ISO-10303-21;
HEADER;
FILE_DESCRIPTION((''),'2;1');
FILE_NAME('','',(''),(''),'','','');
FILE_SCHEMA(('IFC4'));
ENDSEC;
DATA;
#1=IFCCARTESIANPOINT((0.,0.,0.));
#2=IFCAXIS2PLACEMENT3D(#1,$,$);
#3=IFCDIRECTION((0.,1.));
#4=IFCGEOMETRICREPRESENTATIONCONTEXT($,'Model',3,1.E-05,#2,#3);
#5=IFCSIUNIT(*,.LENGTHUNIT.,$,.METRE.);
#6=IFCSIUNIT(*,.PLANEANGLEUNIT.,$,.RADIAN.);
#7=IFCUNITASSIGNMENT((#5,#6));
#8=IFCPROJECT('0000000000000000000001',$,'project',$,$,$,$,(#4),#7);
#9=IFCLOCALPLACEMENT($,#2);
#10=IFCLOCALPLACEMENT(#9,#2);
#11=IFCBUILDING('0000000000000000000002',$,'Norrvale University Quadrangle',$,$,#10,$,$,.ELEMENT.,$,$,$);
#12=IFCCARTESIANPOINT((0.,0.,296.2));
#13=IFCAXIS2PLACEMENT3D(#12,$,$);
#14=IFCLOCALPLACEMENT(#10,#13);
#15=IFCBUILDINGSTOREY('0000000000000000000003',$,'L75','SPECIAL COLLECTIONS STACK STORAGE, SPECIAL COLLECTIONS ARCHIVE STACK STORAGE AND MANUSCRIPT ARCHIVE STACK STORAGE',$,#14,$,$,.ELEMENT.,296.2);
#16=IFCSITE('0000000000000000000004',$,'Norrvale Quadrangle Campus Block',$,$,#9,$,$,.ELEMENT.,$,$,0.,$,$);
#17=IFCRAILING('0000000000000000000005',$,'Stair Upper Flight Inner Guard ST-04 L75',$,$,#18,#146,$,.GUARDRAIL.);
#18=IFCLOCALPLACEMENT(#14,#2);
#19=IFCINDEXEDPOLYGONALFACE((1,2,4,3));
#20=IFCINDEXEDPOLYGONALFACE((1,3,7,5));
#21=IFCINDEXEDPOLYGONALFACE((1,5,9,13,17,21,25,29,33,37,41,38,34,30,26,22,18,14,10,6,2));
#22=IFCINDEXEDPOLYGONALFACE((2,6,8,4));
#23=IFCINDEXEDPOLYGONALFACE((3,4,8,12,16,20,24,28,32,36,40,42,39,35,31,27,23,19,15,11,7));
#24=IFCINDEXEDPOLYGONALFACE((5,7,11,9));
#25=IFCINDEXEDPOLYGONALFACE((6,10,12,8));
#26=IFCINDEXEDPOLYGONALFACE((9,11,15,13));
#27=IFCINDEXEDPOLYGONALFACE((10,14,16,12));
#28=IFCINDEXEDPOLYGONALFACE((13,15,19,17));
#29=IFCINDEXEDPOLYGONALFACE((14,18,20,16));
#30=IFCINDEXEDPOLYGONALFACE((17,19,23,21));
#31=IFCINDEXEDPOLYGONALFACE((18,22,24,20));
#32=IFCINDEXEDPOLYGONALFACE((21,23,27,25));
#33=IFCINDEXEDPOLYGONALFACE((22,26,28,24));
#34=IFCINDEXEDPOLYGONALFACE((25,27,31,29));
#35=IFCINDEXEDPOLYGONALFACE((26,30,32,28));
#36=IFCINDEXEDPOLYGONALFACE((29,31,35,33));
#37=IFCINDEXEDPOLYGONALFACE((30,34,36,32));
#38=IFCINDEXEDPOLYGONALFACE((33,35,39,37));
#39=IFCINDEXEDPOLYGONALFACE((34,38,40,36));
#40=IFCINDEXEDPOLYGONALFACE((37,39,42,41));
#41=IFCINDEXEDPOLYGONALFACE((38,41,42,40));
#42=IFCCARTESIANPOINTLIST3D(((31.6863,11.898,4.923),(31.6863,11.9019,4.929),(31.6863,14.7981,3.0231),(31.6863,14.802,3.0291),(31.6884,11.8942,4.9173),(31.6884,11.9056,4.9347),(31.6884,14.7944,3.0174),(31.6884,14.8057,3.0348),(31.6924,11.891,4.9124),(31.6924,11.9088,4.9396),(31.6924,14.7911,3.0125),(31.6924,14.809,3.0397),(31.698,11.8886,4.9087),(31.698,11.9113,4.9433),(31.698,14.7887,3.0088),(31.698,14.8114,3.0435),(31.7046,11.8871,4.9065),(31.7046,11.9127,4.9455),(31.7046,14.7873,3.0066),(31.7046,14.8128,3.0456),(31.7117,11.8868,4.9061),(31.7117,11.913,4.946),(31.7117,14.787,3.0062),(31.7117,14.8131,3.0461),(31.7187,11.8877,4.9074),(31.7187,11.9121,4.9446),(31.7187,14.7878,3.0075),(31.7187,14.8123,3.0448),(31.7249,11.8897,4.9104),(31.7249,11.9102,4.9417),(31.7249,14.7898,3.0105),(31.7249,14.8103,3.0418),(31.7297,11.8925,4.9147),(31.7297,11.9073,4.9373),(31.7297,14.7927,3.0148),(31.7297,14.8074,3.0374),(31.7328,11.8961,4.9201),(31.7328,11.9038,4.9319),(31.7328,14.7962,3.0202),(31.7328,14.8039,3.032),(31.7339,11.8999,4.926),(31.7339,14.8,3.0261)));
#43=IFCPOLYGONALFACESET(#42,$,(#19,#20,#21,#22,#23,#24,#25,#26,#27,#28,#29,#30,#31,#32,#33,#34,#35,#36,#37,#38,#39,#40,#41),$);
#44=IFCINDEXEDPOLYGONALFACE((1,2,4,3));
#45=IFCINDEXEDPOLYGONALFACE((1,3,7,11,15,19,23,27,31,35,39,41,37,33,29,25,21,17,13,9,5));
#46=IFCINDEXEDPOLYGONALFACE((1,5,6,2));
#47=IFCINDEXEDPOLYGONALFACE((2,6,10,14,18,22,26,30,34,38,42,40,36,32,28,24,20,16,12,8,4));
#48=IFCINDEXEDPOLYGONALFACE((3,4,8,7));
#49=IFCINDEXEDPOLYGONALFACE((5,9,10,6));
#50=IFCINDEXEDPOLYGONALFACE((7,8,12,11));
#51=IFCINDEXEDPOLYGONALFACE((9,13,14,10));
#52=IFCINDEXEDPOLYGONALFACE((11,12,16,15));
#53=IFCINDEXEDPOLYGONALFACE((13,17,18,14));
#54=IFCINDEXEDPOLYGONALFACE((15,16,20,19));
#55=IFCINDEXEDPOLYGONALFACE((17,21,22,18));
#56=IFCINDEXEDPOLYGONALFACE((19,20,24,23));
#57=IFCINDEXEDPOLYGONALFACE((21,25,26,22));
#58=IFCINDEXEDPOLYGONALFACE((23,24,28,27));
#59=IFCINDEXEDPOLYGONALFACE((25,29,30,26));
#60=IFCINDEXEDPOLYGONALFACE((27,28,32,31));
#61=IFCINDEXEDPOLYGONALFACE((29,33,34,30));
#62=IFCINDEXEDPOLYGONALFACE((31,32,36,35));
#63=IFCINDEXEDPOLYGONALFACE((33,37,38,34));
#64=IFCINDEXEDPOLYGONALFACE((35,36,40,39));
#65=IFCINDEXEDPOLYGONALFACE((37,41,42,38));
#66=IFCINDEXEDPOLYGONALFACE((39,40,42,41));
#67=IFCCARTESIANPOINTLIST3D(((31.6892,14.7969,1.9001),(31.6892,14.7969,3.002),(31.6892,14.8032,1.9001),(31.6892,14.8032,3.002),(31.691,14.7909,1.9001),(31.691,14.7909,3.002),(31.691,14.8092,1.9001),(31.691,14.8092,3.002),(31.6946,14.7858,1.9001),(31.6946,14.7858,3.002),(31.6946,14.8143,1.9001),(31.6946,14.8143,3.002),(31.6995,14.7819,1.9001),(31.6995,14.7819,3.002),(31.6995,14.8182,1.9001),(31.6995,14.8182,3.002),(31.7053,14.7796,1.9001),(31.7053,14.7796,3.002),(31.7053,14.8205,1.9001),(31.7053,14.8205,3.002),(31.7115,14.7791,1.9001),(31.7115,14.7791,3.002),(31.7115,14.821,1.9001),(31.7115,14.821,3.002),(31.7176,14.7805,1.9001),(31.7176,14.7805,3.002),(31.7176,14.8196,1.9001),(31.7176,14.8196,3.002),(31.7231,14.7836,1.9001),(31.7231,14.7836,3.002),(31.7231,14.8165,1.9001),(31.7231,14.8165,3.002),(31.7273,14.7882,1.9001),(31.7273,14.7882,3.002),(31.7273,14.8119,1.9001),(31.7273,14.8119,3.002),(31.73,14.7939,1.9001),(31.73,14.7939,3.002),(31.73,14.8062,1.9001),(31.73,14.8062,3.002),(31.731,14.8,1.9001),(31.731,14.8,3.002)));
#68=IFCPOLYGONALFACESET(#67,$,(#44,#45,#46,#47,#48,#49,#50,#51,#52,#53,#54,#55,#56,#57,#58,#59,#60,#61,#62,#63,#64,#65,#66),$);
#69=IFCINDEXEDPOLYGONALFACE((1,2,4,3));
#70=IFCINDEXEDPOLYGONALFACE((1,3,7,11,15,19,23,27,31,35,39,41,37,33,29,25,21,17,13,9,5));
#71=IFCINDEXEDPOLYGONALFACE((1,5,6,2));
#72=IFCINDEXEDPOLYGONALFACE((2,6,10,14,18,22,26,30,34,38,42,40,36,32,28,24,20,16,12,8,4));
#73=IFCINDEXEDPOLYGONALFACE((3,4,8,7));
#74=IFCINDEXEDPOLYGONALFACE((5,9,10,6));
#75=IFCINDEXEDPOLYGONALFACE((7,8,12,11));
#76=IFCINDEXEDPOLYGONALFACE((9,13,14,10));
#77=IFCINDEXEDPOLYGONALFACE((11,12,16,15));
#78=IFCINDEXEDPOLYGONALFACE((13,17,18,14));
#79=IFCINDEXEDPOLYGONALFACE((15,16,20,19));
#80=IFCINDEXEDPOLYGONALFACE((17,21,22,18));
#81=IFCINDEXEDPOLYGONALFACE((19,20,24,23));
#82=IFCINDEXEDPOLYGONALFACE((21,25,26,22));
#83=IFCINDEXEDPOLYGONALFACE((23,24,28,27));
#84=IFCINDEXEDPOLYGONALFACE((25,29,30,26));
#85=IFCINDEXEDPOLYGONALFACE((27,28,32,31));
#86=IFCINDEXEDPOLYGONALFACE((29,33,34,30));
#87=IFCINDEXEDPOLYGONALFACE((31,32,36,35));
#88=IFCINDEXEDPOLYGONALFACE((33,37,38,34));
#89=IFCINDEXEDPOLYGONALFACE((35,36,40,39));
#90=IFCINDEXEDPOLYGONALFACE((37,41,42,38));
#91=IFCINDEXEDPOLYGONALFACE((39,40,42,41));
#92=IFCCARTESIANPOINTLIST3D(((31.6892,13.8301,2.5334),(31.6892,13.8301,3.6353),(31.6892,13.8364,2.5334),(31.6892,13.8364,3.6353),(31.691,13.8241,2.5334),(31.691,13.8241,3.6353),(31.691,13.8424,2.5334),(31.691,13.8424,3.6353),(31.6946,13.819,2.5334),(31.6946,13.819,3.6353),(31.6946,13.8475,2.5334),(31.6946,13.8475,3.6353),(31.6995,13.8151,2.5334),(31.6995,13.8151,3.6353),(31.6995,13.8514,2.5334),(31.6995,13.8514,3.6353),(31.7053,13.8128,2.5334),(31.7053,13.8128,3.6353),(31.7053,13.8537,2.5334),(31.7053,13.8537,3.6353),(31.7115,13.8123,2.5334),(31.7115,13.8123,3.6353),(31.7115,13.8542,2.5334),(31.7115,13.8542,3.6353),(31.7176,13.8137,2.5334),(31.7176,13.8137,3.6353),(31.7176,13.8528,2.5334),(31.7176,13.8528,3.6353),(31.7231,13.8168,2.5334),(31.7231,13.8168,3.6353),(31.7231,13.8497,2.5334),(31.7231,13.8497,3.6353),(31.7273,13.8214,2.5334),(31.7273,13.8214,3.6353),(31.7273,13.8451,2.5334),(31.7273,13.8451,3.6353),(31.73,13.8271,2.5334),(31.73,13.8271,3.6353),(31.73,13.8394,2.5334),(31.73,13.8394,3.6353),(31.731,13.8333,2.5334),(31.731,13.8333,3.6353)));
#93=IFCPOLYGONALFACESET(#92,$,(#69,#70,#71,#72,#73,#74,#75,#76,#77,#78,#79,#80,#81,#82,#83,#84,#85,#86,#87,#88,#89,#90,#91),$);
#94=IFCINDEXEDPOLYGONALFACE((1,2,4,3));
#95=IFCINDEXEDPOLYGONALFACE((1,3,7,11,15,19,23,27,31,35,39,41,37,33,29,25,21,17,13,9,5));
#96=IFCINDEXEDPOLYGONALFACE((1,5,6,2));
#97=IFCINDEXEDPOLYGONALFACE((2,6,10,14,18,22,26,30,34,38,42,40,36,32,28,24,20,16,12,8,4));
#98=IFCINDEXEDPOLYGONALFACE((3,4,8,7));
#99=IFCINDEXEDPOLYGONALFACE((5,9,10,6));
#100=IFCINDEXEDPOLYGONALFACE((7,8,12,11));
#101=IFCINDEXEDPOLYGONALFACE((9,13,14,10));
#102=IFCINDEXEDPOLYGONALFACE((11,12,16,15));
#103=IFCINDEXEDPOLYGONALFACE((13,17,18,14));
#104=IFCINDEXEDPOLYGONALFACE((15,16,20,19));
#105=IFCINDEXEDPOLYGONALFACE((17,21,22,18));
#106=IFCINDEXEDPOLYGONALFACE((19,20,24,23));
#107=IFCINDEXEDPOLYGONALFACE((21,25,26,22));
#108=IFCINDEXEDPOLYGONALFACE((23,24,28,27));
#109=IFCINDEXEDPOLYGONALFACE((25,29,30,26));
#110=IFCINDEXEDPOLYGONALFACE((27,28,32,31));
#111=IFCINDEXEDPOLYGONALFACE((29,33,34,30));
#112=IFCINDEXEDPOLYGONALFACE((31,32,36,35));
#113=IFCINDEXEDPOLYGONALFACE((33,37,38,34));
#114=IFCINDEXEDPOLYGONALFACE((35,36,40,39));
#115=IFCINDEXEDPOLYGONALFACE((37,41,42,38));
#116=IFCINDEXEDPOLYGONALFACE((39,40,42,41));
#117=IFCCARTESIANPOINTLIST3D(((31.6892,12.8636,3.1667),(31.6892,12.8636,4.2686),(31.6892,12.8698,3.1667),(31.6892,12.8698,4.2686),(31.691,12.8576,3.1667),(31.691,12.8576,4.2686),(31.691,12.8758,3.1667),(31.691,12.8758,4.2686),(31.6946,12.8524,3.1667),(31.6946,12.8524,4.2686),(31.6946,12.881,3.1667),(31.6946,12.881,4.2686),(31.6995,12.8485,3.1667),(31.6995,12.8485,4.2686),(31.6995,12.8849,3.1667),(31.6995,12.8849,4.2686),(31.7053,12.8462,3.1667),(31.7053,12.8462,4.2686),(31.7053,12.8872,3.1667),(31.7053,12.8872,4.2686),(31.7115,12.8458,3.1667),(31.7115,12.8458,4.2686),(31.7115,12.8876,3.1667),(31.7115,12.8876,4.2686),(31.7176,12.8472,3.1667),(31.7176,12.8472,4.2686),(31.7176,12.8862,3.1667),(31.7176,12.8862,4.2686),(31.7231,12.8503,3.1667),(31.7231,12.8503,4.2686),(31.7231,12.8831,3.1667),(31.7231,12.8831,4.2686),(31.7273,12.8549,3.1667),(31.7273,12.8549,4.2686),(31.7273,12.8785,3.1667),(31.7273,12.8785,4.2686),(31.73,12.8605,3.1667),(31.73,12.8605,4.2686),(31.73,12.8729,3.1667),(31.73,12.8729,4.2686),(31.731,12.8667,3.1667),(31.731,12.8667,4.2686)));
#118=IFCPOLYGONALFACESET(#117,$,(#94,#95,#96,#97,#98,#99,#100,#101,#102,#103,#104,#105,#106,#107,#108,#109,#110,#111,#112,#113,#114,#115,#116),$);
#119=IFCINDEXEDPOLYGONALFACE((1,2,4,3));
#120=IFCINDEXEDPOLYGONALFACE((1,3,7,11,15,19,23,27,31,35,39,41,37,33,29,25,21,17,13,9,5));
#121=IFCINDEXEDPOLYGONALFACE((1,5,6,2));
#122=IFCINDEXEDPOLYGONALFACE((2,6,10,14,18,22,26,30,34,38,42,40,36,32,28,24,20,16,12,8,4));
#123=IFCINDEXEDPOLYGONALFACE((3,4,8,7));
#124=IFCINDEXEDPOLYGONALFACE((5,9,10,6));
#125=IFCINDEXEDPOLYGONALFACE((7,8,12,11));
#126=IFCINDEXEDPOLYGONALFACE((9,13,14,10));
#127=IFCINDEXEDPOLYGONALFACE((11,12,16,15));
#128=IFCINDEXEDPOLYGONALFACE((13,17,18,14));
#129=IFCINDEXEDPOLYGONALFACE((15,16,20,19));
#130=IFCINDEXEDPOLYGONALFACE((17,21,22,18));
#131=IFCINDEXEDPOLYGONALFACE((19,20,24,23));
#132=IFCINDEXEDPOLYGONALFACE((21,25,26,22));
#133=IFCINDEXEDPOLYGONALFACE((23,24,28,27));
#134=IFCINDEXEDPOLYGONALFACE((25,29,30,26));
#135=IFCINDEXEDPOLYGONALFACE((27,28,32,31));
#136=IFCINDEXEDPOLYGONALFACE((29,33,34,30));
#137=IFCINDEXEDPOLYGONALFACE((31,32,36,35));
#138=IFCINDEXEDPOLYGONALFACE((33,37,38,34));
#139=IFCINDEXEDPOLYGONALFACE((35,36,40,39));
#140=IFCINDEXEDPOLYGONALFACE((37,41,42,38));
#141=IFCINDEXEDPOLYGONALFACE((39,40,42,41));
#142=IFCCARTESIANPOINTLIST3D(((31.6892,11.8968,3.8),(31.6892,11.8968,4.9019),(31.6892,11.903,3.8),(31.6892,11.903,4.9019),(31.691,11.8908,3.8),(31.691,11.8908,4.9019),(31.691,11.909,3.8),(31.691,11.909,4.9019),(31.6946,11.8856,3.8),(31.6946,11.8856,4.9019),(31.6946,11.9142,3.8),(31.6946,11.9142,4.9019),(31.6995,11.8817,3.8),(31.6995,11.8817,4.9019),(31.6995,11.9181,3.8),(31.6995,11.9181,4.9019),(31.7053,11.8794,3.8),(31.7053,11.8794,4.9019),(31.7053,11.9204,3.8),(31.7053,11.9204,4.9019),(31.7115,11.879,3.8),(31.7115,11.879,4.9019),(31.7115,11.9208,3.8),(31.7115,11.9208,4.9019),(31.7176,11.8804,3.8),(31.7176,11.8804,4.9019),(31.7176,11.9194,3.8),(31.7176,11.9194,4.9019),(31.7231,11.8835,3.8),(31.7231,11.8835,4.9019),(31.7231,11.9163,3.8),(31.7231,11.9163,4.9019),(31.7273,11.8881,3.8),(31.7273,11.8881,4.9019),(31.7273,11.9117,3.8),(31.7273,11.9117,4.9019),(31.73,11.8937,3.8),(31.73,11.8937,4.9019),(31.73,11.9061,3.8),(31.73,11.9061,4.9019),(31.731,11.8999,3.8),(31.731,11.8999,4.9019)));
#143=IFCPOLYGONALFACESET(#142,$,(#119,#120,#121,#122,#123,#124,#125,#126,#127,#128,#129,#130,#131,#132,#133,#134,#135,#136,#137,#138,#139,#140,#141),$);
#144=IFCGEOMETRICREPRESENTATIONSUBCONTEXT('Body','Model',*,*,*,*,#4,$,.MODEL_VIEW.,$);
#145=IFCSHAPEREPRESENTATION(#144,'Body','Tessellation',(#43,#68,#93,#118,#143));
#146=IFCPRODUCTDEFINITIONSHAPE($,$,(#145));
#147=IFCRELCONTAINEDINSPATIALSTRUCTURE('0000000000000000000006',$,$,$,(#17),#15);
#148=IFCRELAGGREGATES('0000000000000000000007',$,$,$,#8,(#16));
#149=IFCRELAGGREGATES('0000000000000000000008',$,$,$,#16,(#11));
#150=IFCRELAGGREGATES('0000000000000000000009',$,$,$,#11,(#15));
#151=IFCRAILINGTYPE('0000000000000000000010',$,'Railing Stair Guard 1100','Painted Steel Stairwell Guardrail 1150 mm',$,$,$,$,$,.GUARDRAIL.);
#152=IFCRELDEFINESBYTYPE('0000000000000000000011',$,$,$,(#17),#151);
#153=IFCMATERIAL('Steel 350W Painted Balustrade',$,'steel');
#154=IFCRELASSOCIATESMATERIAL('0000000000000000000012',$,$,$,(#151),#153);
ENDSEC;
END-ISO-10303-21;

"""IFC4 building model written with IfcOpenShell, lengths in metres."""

from ifc_helpers import new_model, si_unit, direction, frame, origin, origin_2d, place, context, subcontext, project, spatial, circle, extrude, material, type_object, element, save


model = new_model("IFC4")

# Units and contexts
model_context = context("Model", 3, precision=1e-05, world=origin(), true_north=direction((0.0, 1.0)))
body_context = subcontext(model_context, "Body", "Model", "MODEL_VIEW")
ifc_project = project(units=[si_unit("LENGTHUNIT", "METRE"), si_unit("PLANEANGLEUNIT", "RADIAN")], contexts=[model_context])

# Site, building, storey
site_placement = place(None, origin())
site = spatial("IfcSite", under=ifc_project, at=site_placement, Name="Norrvale Quadrangle Campus Block", CompositionType="ELEMENT", RefElevation=0.0)
building_placement = place(site_placement, origin())
building = spatial("IfcBuilding", under=site, at=building_placement, Name="Norrvale University Quadrangle", CompositionType="ELEMENT")
storey_placement = place(building_placement, frame((0.0, 0.0, 296.2)))
storey = spatial("IfcBuildingStorey", under=building, at=storey_placement, Name="L75", Description="SPECIAL COLLECTIONS STACK STORAGE, SPECIAL COLLECTIONS ARCHIVE STACK STORAGE AND MANUSCRIPT ARCHIVE STACK STORAGE", CompositionType="ELEMENT", Elevation=296.2)

# Railing
ifc_material_1 = material(Name="Steel 350W Painted Balustrade", Category="steel")
railing_type_1 = type_object("IfcRailingType", Name="Railing Stair Guard 1100", Description="Painted Steel Stairwell Guardrail 1150 mm", PredefinedType="GUARDRAIL", material=ifc_material_1)
railing_1_placement = place(storey_placement, frame((31.71, 14.8, 1.9001)))
element("IfcRailing", 1, at=railing_1_placement, inside=storey, type_object=railing_type_1, Name="Stair Upper Flight Inner Guard ST-04 L75", PredefinedType="GUARDRAIL", context=body_context, shape_type="SweptSolid", body=[
    extrude(circle(Radius=0.0239, at=origin_2d()), frame((0.0, 0.0, 1.126), z_axis=(0.0, -0.836487, 0.547987), x_axis=(1.0, 0.0, 0.0)), (0.0, 0.0, 1.0), 3.467),
    extrude(circle(Radius=0.021, at=origin_2d()), origin(), (0.0, 0.0, 1.0), 1.1018),
    extrude(circle(Radius=0.021, at=origin_2d()), frame((0.0, -0.9668, 0.6333)), (0.0, 0.0, 1.0), 1.1018),
    extrude(circle(Radius=0.021, at=origin_2d()), frame((0.0, -1.9333, 1.2666)), (0.0, 0.0, 1.0), 1.1018),
    extrude(circle(Radius=0.021, at=origin_2d()), frame((0.0, -2.9001, 1.8999)), (0.0, 0.0, 1.0), 1.1018),
])

save(model, "model.ifc")
